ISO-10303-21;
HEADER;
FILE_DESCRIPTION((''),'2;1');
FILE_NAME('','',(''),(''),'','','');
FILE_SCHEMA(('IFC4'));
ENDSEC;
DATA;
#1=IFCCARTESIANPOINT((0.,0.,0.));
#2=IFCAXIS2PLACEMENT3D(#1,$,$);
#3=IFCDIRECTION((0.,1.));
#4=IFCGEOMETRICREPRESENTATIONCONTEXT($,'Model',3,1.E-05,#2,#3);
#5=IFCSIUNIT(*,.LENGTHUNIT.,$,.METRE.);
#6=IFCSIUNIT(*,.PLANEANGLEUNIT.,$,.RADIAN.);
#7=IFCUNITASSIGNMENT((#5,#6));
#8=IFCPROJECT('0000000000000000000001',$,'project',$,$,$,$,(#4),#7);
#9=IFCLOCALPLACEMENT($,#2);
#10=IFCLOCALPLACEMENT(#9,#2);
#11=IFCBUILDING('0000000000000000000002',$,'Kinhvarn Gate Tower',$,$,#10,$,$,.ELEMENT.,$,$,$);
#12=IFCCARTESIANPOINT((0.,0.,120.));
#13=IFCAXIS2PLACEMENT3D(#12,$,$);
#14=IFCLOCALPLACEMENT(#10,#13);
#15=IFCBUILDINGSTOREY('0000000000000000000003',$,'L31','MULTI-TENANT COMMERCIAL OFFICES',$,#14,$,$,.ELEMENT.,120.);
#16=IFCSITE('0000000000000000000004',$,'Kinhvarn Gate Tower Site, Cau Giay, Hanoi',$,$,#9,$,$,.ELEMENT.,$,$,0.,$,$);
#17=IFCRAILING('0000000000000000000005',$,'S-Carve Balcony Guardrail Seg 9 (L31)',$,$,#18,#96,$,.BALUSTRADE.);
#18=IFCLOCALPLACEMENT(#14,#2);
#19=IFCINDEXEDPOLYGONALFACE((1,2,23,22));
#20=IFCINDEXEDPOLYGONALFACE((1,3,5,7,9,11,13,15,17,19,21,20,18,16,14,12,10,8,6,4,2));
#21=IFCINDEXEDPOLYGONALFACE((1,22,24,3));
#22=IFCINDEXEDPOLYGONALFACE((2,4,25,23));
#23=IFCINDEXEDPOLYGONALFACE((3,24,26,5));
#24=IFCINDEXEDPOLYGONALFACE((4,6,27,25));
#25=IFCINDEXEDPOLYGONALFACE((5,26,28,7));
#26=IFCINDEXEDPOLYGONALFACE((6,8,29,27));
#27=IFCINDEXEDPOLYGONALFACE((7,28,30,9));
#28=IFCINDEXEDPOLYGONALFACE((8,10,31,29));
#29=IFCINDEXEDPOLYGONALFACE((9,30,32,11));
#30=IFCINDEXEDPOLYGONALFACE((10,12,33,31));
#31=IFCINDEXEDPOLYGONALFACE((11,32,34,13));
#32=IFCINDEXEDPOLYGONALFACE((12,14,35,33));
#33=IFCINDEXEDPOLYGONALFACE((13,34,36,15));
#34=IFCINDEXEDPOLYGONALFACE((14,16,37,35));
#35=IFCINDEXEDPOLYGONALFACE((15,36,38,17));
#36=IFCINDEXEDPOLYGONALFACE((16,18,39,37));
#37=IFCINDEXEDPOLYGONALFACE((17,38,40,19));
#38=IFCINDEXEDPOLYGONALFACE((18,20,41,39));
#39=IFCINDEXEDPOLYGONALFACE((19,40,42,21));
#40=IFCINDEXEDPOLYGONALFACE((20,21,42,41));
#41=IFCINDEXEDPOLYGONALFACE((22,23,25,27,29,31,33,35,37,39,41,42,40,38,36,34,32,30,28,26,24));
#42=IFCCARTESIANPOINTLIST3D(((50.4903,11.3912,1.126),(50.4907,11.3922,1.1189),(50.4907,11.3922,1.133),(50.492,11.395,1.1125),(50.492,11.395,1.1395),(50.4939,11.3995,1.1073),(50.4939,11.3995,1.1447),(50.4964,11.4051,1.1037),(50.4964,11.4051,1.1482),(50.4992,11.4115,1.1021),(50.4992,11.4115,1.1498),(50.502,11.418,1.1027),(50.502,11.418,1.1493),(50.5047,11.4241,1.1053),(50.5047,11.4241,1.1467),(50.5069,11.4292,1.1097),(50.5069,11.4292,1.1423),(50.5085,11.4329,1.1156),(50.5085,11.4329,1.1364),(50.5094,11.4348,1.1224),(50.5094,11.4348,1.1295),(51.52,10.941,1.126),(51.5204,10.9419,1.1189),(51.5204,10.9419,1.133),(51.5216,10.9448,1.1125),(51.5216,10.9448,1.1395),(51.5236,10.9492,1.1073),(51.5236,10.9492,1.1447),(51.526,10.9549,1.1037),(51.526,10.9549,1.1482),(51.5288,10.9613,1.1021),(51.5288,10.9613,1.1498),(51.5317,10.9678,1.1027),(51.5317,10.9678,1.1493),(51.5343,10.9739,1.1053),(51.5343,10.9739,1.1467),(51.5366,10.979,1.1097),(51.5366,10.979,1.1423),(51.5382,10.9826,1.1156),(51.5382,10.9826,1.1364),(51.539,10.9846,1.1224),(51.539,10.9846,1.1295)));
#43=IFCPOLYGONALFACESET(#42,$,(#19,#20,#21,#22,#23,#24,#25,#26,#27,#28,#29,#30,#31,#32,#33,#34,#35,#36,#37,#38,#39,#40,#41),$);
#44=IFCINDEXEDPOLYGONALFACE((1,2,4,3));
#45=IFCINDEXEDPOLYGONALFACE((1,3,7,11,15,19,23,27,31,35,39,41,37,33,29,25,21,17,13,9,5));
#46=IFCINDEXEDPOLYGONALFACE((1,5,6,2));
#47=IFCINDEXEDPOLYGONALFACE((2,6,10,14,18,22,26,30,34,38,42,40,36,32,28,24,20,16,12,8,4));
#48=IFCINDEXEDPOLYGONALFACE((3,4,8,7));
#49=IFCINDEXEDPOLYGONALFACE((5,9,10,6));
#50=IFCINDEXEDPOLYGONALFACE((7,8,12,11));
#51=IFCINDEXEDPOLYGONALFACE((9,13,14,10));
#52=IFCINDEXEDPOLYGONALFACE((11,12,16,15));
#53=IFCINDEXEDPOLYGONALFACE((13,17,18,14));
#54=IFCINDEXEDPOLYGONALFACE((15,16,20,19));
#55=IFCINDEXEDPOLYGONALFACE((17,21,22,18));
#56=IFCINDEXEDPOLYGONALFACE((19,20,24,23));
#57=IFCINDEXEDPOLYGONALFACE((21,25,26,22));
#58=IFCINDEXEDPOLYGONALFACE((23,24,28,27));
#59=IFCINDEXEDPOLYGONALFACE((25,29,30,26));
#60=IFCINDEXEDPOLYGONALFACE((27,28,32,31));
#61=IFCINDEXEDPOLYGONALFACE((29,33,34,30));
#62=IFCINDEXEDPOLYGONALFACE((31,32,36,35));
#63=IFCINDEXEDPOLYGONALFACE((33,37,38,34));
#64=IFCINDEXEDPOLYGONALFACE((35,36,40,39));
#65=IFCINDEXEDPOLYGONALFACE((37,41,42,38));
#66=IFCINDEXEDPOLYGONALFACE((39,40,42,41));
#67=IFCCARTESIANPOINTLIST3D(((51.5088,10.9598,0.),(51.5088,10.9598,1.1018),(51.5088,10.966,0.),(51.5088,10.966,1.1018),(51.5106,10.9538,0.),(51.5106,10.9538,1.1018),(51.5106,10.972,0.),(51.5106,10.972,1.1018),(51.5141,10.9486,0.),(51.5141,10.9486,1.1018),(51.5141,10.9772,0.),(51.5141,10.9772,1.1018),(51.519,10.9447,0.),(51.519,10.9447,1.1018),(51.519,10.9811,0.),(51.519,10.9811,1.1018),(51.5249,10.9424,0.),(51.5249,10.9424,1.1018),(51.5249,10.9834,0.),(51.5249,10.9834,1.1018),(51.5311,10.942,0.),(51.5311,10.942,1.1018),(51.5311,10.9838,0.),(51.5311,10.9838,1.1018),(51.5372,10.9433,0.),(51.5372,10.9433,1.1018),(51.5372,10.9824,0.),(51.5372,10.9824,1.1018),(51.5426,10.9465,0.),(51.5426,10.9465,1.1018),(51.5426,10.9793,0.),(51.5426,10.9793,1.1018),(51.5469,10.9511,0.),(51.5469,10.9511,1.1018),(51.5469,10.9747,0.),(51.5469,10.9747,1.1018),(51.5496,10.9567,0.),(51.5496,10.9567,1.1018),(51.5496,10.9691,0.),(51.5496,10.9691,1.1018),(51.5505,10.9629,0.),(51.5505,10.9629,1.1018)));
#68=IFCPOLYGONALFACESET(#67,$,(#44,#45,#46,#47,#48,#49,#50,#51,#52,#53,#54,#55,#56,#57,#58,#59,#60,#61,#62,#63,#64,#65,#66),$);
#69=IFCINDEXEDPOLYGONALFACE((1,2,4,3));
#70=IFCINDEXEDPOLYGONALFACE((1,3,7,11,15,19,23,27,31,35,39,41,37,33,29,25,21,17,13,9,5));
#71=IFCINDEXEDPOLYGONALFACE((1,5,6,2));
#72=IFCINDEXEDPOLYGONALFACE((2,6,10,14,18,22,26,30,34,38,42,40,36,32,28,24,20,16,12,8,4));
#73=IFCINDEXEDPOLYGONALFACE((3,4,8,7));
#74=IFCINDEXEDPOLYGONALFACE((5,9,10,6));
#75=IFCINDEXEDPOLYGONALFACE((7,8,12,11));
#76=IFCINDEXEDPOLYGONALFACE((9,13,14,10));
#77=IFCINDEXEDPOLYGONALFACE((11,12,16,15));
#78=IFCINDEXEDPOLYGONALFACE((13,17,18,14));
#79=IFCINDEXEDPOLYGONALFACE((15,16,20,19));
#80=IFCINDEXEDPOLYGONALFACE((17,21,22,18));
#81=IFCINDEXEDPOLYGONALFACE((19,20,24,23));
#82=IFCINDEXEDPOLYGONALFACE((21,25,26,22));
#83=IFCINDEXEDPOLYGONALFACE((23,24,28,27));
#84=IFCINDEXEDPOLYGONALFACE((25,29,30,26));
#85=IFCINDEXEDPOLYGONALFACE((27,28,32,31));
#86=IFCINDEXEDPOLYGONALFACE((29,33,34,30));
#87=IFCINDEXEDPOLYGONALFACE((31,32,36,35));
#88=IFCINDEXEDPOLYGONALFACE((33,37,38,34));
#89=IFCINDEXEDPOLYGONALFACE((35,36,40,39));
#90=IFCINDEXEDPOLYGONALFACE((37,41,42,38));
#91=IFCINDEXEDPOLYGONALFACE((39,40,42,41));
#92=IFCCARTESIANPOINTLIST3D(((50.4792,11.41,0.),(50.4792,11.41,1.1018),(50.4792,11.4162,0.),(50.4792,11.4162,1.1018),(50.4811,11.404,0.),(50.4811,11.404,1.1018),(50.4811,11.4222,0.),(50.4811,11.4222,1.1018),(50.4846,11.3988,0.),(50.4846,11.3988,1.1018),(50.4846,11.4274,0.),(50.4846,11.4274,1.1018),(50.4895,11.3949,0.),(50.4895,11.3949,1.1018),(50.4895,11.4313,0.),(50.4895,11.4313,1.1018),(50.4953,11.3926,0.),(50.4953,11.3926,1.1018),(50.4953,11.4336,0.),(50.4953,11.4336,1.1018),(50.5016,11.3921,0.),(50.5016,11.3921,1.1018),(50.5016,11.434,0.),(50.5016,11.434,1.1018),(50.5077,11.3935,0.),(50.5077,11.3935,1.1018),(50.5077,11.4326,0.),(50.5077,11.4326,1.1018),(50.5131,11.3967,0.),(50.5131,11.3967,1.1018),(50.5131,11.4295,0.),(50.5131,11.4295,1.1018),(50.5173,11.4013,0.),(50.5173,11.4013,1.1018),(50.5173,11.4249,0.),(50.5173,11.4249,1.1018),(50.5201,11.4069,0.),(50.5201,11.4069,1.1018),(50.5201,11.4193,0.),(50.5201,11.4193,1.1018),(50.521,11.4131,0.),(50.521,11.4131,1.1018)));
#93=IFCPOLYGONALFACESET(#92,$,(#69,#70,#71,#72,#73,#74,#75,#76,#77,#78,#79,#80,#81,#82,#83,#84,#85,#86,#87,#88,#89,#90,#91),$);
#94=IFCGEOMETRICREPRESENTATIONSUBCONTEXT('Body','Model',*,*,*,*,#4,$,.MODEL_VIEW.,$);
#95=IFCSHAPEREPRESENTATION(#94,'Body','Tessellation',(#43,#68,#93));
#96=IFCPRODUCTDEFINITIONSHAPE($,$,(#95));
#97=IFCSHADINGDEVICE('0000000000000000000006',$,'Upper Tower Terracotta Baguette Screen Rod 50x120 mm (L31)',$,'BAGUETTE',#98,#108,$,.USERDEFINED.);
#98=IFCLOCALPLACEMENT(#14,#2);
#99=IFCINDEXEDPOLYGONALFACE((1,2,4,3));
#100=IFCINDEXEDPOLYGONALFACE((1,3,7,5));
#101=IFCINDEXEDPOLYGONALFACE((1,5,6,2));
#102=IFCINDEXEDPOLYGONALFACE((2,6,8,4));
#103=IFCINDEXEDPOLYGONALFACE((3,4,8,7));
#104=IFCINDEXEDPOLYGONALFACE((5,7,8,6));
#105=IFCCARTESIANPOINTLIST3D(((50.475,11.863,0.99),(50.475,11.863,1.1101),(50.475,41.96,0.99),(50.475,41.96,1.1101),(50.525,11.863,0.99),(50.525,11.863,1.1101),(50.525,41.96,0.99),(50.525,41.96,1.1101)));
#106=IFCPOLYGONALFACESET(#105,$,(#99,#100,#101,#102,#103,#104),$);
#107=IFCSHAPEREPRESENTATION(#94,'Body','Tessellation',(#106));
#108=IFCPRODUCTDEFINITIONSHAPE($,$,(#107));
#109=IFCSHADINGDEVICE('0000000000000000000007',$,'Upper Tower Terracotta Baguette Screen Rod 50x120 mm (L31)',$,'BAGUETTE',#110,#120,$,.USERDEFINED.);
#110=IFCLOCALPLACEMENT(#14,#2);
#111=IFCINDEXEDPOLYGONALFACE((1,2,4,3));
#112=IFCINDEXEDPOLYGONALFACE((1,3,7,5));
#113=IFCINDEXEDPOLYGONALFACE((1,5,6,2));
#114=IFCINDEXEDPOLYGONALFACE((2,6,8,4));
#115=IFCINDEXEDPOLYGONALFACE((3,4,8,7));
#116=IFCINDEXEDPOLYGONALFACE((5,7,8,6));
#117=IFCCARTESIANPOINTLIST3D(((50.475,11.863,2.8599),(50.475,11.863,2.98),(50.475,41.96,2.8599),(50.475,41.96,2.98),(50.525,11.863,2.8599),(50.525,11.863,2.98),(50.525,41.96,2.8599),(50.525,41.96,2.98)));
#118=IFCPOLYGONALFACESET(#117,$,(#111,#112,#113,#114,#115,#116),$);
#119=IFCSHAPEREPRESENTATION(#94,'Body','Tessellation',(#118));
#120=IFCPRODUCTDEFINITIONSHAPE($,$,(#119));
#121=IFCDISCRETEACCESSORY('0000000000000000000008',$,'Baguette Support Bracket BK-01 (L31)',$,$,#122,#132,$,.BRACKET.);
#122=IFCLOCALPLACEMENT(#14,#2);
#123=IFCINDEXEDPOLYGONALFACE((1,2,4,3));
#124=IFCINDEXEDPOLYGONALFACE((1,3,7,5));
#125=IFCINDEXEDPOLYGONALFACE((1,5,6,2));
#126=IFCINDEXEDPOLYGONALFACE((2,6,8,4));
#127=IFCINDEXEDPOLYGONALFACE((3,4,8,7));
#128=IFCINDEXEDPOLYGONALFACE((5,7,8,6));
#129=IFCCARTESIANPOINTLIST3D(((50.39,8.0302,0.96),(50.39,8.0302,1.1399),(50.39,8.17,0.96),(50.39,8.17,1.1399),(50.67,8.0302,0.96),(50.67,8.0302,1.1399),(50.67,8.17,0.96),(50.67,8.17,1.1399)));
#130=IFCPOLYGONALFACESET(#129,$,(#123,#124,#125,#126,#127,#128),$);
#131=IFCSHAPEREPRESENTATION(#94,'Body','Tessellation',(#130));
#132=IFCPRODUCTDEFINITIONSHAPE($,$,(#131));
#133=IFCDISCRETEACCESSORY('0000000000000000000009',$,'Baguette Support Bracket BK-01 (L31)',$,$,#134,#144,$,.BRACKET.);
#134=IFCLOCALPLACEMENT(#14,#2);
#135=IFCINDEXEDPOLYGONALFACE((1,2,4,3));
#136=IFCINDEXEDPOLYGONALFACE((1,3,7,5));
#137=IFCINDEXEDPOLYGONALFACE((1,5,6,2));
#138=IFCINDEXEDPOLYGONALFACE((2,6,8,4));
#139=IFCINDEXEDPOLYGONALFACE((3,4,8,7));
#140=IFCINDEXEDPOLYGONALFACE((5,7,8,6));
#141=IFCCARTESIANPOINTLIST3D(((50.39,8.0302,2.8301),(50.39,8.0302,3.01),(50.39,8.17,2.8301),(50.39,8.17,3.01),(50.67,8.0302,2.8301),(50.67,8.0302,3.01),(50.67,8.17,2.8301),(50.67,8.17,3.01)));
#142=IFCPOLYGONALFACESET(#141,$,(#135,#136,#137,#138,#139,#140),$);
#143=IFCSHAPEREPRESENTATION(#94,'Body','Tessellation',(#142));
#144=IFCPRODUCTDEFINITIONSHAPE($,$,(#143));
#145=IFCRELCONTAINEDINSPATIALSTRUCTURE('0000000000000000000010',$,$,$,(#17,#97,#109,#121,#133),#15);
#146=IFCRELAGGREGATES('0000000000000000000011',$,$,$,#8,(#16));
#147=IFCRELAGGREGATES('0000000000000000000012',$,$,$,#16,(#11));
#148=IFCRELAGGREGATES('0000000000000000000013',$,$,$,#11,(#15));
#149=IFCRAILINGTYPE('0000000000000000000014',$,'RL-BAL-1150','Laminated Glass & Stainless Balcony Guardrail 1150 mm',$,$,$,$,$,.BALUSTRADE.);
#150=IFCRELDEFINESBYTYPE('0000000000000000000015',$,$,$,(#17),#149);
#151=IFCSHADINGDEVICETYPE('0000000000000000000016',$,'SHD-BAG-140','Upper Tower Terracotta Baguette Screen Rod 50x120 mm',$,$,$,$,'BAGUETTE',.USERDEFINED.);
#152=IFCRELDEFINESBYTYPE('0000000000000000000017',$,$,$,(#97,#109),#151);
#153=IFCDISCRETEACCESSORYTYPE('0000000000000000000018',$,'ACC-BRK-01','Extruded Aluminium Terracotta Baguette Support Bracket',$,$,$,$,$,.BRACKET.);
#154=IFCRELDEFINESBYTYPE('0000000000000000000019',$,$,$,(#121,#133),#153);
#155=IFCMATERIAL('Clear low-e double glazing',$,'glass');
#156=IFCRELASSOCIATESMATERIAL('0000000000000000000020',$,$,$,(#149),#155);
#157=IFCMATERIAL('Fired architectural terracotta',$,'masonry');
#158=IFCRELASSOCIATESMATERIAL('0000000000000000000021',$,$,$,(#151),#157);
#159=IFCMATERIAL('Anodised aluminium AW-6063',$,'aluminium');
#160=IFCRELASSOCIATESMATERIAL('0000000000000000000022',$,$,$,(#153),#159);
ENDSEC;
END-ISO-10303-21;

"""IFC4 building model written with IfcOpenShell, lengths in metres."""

from ifc_helpers import new_model, si_unit, direction, frame, origin, origin_2d, place, context, subcontext, project, spatial, rectangle, circle, extrude, material, material_profile, profile_set, type_object, element, save


model = new_model("IFC4")

# Units and contexts
model_context = context("Model", 3, precision=1e-05, world=origin(), true_north=direction((0.0, 1.0)))
body_context = subcontext(model_context, "Body", "Model", "MODEL_VIEW")
ifc_project = project(units=[si_unit("LENGTHUNIT", "METRE"), si_unit("PLANEANGLEUNIT", "RADIAN")], contexts=[model_context])

# Site, building, storey
site_placement = place(None, origin())
site = spatial("IfcSite", under=ifc_project, at=site_placement, Name="Kinhvarn Gate Tower Site, Cau Giay, Hanoi", CompositionType="ELEMENT", RefElevation=0.0)
building_placement = place(site_placement, origin())
building = spatial("IfcBuilding", under=site, at=building_placement, Name="Kinhvarn Gate Tower", CompositionType="ELEMENT")
storey_placement = place(building_placement, frame((0.0, 0.0, 120.0)))
storey = spatial("IfcBuildingStorey", under=building, at=storey_placement, Name="L31", Description="MULTI-TENANT COMMERCIAL OFFICES", CompositionType="ELEMENT", Elevation=120.0)

# Shared definitions
ifc_material_1 = material(Name="Anodised aluminium AW-6063", Category="aluminium")

# Shared definitions
ifc_material_2 = material(Name="Clear low-e double glazing", Category="glass")

# Shared definitions
ifc_material_3 = material(Name="Fired architectural terracotta", Category="masonry")

# Railing
railing_type = type_object("IfcRailingType", Name="RL-BAL-1150", Description="Laminated Glass & Stainless Balcony Guardrail 1150 mm", PredefinedType="BALUSTRADE", material=ifc_material_2)
railing_placement = place(storey_placement, frame((51.5295, 10.9629, 0.0)))
element("IfcRailing", 1, at=railing_placement, inside=storey, type_object=railing_type, Name="S-Carve Balcony Guardrail Seg 9 (L31)", PredefinedType="BALUSTRADE", context=body_context, shape_type="SweptSolid", body=[
    extrude(circle(Radius=0.0239, at=origin_2d()), frame((0.0, 0.0, 1.126), z_axis=(-0.916232, 0.400648, 0.0), x_axis=(-0.400648, -0.916232, 0.0)), (0.0, 0.0, 1.0), 1.1238),
    extrude(circle(Radius=0.021, at=origin_2d()), origin(), (0.0, 0.0, 1.0), 1.1018),
    extrude(circle(Radius=0.021, at=origin_2d()), frame((-1.0295, 0.4502, 0.0)), (0.0, 0.0, 1.0), 1.1018),
])

# Shading devices
ifc_material_profile_1 = material_profile(ifc_material_3, rectangle(XDim=0.05, YDim=0.1201, at=origin_2d()), Name="TC 50x120")
ifc_profile_set_1 = profile_set([ifc_material_profile_1], Name="Fired architectural terracotta")
shading_device_type = type_object("IfcShadingDeviceType", Name="SHD-BAG-140", Description="Upper Tower Terracotta Baguette Screen Rod 50x120 mm", ElementType="BAGUETTE", PredefinedType="USERDEFINED", material=ifc_profile_set_1)
for number, where, z_axis, x_axis, name in (
    (2, (50.5, 11.863, 1.05), (0.0, 1.0, 0.0), (-1.0, 0.0, 0.0), "Upper Tower Terracotta Baguette Screen Rod 50x120 mm (L31)"),
    (3, (50.5, 11.863, 2.9199), (0.0, 1.0, 0.0), (-1.0, 0.0, 0.0), "Upper Tower Terracotta Baguette Screen Rod 50x120 mm (L31)"),
):
    element("IfcShadingDevice", number, at=place(storey_placement, frame(where, z_axis=z_axis, x_axis=x_axis)), inside=storey, type_object=shading_device_type, Name=name, ObjectType="BAGUETTE", PredefinedType="USERDEFINED", context=body_context, shape_type="SweptSolid", body=[
        extrude(rectangle(XDim=0.05, YDim=0.1201, at=origin_2d()), origin(), (0.0, 0.0, 1.0), 30.0969),
    ])

# Discrete accessories
discrete_accessory_type = type_object("IfcDiscreteAccessoryType", Name="ACC-BRK-01", Description="Extruded Aluminium Terracotta Baguette Support Bracket", PredefinedType="BRACKET", material=ifc_material_1)
for number, where, z_axis, x_axis, name in (
    (4, (50.53, 8.1001, 0.96), (0.0, 0.0, 1.0), (0.0, 1.0, 0.0), "Baguette Support Bracket BK-01 (L31)"),
    (5, (50.53, 8.1001, 2.8301), (0.0, 0.0, 1.0), (0.0, 1.0, 0.0), "Baguette Support Bracket BK-01 (L31)"),
):
    element("IfcDiscreteAccessory", number, at=place(storey_placement, frame(where, z_axis=z_axis, x_axis=x_axis)), inside=storey, type_object=discrete_accessory_type, Name=name, PredefinedType="BRACKET", context=body_context, shape_type="SweptSolid", body=[
        extrude(rectangle(XDim=0.1399, YDim=0.28, at=origin_2d()), origin(), (0.0, 0.0, 1.0), 0.1799),
    ])

save(model, "model.ifc")
